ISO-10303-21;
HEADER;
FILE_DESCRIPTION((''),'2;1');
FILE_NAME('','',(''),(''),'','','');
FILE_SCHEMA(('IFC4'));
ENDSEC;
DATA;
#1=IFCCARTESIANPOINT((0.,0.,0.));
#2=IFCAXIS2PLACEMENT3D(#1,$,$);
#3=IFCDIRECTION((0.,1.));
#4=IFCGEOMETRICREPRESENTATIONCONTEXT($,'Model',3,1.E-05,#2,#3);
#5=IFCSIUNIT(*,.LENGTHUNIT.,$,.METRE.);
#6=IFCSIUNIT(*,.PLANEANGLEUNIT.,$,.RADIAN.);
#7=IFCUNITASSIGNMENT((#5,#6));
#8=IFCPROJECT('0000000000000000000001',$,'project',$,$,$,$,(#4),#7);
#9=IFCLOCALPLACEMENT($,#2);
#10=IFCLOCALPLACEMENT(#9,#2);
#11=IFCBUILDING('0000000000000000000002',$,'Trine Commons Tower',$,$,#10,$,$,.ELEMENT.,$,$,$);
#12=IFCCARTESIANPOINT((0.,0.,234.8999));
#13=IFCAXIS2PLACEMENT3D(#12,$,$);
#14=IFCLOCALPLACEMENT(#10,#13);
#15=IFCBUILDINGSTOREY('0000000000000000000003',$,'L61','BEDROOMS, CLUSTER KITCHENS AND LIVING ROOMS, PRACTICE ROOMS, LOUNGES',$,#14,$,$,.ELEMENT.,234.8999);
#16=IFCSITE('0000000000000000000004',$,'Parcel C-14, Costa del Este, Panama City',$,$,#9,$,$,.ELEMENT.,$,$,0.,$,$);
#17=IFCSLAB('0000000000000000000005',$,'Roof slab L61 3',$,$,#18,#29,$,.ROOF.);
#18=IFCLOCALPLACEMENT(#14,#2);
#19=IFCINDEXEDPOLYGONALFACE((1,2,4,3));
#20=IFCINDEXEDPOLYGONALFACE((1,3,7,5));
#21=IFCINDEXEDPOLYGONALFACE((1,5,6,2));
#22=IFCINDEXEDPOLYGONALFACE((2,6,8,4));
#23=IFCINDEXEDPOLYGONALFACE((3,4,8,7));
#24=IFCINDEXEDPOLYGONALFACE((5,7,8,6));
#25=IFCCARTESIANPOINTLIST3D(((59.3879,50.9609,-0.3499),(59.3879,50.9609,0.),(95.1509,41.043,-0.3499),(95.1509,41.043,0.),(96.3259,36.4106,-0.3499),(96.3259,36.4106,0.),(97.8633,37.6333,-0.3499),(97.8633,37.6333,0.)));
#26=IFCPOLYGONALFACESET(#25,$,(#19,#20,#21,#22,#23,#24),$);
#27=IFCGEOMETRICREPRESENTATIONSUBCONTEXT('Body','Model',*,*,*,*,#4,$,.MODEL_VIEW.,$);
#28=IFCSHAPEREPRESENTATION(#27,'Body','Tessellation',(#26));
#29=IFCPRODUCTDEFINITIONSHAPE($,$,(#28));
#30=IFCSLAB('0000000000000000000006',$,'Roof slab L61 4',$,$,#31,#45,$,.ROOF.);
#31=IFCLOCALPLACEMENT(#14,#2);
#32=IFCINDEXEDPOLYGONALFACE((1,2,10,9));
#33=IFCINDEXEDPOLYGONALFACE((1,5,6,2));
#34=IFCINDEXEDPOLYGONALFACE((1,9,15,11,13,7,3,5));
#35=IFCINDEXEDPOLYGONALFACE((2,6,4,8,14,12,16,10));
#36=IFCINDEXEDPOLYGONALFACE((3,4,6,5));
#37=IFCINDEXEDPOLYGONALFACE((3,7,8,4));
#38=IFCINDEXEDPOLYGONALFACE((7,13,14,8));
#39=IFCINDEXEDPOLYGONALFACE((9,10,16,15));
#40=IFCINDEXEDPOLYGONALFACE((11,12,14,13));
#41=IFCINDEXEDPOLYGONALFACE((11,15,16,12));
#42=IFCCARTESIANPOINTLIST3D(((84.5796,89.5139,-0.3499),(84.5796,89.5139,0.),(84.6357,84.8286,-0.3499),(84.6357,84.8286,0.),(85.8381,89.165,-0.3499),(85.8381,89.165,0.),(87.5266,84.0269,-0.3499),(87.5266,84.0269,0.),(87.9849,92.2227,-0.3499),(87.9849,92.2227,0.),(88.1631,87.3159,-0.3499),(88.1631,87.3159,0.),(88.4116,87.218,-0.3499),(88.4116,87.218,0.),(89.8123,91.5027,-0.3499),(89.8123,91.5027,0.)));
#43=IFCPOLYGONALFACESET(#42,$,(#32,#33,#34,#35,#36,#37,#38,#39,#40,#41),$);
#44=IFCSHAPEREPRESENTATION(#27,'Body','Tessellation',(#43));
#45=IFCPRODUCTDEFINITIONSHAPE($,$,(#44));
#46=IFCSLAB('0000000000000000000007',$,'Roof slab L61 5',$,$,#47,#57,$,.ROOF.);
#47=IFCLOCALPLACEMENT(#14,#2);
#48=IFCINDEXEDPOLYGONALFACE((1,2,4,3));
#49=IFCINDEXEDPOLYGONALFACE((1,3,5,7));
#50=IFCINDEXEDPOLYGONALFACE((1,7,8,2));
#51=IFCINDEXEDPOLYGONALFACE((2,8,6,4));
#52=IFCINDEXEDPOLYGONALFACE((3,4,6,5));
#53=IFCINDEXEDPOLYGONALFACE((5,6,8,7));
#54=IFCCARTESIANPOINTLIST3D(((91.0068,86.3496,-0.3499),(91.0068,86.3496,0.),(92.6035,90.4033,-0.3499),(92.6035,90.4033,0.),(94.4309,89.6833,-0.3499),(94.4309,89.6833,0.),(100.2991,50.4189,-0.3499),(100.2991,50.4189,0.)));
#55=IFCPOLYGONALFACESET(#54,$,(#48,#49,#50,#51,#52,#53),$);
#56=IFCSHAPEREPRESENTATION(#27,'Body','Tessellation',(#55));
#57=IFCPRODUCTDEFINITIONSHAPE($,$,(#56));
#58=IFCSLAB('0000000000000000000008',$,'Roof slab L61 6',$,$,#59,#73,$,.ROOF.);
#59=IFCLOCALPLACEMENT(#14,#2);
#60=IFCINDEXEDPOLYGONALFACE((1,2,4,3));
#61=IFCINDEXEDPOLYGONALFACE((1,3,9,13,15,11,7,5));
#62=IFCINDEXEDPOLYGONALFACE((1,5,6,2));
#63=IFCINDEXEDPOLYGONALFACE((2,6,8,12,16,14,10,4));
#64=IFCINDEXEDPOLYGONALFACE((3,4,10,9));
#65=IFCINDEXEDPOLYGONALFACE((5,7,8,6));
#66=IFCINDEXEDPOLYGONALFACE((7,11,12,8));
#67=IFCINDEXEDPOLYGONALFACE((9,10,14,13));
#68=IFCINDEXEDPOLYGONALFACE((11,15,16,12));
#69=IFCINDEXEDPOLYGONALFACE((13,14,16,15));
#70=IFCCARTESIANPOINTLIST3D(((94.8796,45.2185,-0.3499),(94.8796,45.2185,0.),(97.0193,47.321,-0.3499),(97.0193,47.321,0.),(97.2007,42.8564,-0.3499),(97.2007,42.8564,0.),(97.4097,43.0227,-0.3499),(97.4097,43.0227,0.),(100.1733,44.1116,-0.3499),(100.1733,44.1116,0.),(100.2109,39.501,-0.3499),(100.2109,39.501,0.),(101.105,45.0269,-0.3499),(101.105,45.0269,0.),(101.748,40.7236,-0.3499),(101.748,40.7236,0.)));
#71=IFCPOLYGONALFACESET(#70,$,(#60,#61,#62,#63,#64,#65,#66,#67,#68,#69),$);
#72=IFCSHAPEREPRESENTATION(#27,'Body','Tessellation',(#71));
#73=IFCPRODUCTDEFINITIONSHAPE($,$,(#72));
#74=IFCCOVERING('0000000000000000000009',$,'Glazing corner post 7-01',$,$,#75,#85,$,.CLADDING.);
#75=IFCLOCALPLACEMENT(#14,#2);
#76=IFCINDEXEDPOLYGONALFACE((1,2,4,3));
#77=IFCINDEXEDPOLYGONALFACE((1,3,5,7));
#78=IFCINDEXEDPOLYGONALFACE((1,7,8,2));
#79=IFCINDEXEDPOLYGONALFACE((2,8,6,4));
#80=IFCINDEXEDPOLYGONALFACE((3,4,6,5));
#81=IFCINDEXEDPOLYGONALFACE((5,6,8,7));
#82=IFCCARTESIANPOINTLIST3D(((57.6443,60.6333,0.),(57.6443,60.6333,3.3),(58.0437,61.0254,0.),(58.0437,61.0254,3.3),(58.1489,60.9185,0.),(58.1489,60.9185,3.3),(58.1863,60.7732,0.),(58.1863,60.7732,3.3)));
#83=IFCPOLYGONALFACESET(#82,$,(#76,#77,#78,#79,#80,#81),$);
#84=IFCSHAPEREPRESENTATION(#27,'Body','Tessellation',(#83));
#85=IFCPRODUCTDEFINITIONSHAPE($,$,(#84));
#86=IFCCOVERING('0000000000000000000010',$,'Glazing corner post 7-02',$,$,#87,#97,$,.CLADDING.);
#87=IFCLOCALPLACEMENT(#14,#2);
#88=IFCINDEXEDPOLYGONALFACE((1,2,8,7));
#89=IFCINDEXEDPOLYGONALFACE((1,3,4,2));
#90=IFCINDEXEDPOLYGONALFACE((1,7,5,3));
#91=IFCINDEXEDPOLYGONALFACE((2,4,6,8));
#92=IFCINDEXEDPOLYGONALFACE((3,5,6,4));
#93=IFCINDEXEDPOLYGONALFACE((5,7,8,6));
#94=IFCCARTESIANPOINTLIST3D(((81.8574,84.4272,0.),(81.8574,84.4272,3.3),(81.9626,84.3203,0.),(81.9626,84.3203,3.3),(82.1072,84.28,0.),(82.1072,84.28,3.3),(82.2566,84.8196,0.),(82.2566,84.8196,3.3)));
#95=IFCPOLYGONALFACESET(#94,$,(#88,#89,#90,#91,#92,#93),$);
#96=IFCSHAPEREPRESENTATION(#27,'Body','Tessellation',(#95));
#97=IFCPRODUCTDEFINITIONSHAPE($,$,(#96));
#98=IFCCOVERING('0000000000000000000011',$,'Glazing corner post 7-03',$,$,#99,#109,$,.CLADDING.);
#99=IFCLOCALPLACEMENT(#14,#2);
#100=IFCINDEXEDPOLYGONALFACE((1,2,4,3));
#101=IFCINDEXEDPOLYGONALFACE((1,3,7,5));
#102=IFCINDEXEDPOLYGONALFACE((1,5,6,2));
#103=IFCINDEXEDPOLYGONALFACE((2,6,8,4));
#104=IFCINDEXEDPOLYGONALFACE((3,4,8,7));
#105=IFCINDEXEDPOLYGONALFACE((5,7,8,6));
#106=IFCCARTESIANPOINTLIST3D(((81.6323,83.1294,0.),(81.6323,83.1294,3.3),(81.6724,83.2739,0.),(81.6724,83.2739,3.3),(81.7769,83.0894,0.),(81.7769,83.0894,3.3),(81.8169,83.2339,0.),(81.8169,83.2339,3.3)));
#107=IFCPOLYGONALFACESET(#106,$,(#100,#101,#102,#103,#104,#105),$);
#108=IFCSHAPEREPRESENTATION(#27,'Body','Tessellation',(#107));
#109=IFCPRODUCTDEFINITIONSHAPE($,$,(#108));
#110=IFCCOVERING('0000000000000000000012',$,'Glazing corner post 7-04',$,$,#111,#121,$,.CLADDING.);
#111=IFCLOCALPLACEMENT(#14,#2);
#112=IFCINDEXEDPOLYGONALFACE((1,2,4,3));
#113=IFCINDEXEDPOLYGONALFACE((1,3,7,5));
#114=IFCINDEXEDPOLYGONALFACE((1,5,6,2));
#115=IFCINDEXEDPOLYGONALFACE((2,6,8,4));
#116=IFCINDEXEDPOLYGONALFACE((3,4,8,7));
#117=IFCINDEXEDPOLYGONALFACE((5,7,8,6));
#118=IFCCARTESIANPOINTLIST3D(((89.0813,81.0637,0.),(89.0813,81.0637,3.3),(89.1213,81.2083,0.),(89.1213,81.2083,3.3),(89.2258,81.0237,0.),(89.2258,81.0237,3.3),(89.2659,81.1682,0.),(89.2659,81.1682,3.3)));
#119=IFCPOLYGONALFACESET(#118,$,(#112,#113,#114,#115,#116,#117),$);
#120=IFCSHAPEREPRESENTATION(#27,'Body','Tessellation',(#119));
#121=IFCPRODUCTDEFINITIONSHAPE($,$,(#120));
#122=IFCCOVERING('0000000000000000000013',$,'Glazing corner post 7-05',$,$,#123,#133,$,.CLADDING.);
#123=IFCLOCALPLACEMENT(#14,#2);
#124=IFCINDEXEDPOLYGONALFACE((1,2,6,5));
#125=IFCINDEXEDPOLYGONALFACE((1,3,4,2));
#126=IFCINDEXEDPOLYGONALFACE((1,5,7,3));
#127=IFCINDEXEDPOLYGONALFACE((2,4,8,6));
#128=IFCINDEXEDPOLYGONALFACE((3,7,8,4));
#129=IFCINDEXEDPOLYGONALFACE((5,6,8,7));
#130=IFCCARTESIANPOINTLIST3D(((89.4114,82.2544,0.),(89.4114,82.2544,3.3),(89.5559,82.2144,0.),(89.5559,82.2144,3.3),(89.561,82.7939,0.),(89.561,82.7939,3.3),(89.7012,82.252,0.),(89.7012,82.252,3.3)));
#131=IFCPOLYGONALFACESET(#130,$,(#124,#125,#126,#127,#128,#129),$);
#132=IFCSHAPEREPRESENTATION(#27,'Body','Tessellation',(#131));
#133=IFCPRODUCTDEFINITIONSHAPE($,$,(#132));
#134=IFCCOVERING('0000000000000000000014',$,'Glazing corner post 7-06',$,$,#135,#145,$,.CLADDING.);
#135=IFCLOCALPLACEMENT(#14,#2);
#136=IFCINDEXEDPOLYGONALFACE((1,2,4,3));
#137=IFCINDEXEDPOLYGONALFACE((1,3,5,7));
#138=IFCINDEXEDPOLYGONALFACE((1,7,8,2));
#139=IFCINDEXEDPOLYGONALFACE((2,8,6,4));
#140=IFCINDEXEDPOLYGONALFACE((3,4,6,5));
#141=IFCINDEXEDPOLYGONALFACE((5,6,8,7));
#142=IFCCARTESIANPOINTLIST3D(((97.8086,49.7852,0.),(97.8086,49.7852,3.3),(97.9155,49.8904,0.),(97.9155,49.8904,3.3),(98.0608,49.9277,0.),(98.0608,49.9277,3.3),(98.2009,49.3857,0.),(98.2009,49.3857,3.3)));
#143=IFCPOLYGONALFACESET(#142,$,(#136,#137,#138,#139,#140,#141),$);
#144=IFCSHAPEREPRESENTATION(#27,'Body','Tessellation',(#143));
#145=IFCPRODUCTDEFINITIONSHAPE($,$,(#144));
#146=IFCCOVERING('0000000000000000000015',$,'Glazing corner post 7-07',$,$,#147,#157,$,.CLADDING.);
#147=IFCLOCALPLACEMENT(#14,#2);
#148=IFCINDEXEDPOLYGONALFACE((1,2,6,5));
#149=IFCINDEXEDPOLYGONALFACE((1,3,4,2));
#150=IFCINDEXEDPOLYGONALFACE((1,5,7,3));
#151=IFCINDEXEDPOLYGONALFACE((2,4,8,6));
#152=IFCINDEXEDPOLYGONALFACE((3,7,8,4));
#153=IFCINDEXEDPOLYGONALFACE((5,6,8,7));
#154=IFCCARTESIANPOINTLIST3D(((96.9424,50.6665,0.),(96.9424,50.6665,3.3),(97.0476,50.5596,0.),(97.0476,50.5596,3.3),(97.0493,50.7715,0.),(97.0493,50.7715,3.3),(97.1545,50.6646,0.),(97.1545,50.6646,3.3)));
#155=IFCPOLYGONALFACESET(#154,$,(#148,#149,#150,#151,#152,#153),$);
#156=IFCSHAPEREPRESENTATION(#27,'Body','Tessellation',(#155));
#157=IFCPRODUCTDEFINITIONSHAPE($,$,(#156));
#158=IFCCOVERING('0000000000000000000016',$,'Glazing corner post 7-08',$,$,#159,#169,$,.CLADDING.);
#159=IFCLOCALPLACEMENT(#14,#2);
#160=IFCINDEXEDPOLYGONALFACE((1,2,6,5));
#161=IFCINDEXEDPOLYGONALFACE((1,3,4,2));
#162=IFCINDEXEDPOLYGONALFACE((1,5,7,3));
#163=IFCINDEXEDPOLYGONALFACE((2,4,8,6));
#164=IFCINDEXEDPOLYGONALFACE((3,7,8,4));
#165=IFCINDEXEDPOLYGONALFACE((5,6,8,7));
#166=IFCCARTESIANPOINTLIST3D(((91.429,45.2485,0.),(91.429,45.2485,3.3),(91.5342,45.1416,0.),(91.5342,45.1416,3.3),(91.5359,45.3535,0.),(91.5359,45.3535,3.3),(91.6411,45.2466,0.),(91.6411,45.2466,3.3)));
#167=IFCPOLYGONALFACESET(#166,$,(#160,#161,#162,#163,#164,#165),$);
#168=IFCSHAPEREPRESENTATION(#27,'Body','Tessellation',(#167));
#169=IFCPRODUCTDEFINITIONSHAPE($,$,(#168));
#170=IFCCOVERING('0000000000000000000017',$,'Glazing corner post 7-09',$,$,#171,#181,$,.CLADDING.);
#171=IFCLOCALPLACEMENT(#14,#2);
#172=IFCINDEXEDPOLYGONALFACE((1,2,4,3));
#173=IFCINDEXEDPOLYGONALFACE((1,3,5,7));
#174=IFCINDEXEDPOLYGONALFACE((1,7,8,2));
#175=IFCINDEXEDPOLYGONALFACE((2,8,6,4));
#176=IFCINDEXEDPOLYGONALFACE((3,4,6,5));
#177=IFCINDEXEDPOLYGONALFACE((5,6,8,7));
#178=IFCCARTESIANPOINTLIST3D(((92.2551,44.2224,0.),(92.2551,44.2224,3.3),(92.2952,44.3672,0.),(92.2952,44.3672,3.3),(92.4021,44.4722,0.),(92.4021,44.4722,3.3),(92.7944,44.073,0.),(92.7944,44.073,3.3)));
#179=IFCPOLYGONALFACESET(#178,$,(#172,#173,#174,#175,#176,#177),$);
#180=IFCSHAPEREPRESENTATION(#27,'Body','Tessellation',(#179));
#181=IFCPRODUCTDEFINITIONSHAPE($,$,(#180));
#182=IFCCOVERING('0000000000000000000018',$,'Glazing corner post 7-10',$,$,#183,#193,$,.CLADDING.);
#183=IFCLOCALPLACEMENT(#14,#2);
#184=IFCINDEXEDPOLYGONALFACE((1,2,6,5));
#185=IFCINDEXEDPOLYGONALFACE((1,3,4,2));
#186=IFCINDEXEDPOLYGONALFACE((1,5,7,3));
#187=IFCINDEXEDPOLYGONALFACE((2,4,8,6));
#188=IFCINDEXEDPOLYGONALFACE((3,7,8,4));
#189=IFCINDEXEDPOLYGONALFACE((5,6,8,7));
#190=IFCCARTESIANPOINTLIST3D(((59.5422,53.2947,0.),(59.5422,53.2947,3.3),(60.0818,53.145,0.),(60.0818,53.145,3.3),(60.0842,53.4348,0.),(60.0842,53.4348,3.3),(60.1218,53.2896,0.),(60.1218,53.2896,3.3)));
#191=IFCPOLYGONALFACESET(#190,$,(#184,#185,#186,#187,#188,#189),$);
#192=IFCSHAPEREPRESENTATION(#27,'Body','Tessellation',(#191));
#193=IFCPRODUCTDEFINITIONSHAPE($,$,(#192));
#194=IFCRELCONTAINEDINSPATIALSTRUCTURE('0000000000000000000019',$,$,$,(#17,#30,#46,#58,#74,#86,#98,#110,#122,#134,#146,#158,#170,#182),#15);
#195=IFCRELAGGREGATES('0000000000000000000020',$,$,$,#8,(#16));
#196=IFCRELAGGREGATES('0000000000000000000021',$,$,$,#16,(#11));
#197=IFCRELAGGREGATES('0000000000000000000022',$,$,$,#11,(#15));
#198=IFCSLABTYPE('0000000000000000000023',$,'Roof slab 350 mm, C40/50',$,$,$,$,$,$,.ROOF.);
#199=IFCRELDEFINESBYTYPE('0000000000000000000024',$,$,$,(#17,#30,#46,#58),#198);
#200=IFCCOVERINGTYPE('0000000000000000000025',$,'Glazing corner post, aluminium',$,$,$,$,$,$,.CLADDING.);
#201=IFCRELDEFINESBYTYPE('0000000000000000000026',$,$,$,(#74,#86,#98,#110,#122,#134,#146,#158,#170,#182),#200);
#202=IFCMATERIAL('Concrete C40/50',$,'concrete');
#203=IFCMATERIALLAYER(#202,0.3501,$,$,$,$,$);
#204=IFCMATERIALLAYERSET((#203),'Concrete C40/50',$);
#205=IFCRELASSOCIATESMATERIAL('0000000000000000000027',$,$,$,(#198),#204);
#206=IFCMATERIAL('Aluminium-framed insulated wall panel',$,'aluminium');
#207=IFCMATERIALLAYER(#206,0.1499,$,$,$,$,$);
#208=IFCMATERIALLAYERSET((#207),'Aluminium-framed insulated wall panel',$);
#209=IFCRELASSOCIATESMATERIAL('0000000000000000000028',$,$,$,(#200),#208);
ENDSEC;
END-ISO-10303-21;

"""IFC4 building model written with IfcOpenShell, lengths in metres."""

from ifc_helpers import new_model, si_unit, direction, frame, origin, place, context, subcontext, project, spatial, polyline, outline, extrude, material, layer, layer_set, type_object, element, save


model = new_model("IFC4")

# Units and contexts
model_context = context("Model", 3, precision=1e-05, world=origin(), true_north=direction((0.0, 1.0)))
body_context = subcontext(model_context, "Body", "Model", "MODEL_VIEW")
ifc_project = project(units=[si_unit("LENGTHUNIT", "METRE"), si_unit("PLANEANGLEUNIT", "RADIAN")], contexts=[model_context])

# Site, building, storey
site_placement = place(None, origin())
site = spatial("IfcSite", under=ifc_project, at=site_placement, Name="Parcel C-14, Costa del Este, Panama City", CompositionType="ELEMENT", RefElevation=0.0)
building_placement = place(site_placement, origin())
building = spatial("IfcBuilding", under=site, at=building_placement, Name="Trine Commons Tower", CompositionType="ELEMENT")
storey_placement = place(building_placement, frame((0.0, 0.0, 234.8999)))
storey = spatial("IfcBuildingStorey", under=building, at=storey_placement, Name="L61", Description="BEDROOMS, CLUSTER KITCHENS AND LIVING ROOMS, PRACTICE ROOMS, LOUNGES", CompositionType="ELEMENT", Elevation=234.8999)

# Slabs
ifc_material_1 = material(Name="Concrete C40/50", Category="concrete")
ifc_layer_1 = layer(ifc_material_1, 0.3501)
ifc_layer_set_1 = layer_set([ifc_layer_1], Name="Concrete C40/50")
slab_type_1 = type_object("IfcSlabType", Name="Roof slab 350 mm, C40/50", PredefinedType="ROOF", material=ifc_layer_set_1)
slab_1_placement = place(storey_placement, frame((0.0, 0.0, -0.3499)))
element("IfcSlab", 1, at=slab_1_placement, inside=storey, type_object=slab_type_1, Name="Roof slab L61 3", PredefinedType="ROOF", context=body_context, shape_type="SweptSolid", body=[
    extrude(outline(polyline([(95.1509, 41.043), (59.3879, 50.9609), (96.3259, 36.4106), (97.8633, 37.6333), (95.1509, 41.043)])), origin(), (0.0, 0.0, 1.0), 0.3499),
])
slab_2_placement = place(storey_placement, frame((0.0, 0.0, -0.3499)))
element("IfcSlab", 2, at=slab_2_placement, inside=storey, type_object=slab_type_1, Name="Roof slab L61 4", PredefinedType="ROOF", context=body_context, shape_type="SweptSolid", body=[
    extrude(outline(polyline([(84.5796, 89.5139), (85.8381, 89.165), (84.6357, 84.8286), (87.5266, 84.0269), (88.4116, 87.218), (88.1631, 87.3159), (89.8123, 91.5027), (87.9849, 92.2227), (84.5796, 89.5139)])), origin(), (0.0, 0.0, 1.0), 0.3499),
])
slab_3_placement = place(storey_placement, frame((0.0, 0.0, -0.3499)))
element("IfcSlab", 3, at=slab_3_placement, inside=storey, type_object=slab_type_1, Name="Roof slab L61 5", PredefinedType="ROOF", context=body_context, shape_type="SweptSolid", body=[
    extrude(outline(polyline([(91.0068, 86.3496), (100.2991, 50.4189), (94.4309, 89.6833), (92.6035, 90.4033), (91.0068, 86.3496)])), origin(), (0.0, 0.0, 1.0), 0.3499),
])
slab_4_placement = place(storey_placement, frame((0.0, 0.0, -0.3499)))
element("IfcSlab", 4, at=slab_4_placement, inside=storey, type_object=slab_type_1, Name="Roof slab L61 6", PredefinedType="ROOF", context=body_context, shape_type="SweptSolid", body=[
    extrude(outline(polyline([(101.748, 40.7236), (101.105, 45.0269), (100.1733, 44.1116), (97.0193, 47.321), (94.8796, 45.2185), (97.2007, 42.8564), (97.4097, 43.0227), (100.2109, 39.501), (101.748, 40.7236)])), origin(), (0.0, 0.0, 1.0), 0.3499),
])

# Coverings
ifc_material_2 = material(Name="Aluminium-framed insulated wall panel", Category="aluminium")
ifc_layer_2 = layer(ifc_material_2, 0.1499)
ifc_layer_set_2 = layer_set([ifc_layer_2], Name="Aluminium-framed insulated wall panel")
covering_type_1 = type_object("IfcCoveringType", Name="Glazing corner post, aluminium", PredefinedType="CLADDING", material=ifc_layer_set_2)
covering_1_placement = place(storey_placement, origin())
element("IfcCovering", 5, at=covering_1_placement, inside=storey, type_object=covering_type_1, Name="Glazing corner post 7-01", PredefinedType="CLADDING", context=body_context, shape_type="SweptSolid", body=[
    extrude(outline(polyline([(58.1863, 60.7732), (58.1489, 60.9185), (58.0437, 61.0254), (57.6443, 60.6333), (58.1863, 60.7732)])), origin(), (0.0, 0.0, 1.0), 3.3),
])
covering_2_placement = place(storey_placement, origin())
element("IfcCovering", 6, at=covering_2_placement, inside=storey, type_object=covering_type_1, Name="Glazing corner post 7-02", PredefinedType="CLADDING", context=body_context, shape_type="SweptSolid", body=[
    extrude(outline(polyline([(82.1072, 84.28), (82.2566, 84.8196), (81.8574, 84.4272), (81.9626, 84.3203), (82.1072, 84.28)])), origin(), (0.0, 0.0, 1.0), 3.3),
])
covering_3_placement = place(storey_placement, origin())
element("IfcCovering", 7, at=covering_3_placement, inside=storey, type_object=covering_type_1, Name="Glazing corner post 7-03", PredefinedType="CLADDING", context=body_context, shape_type="SweptSolid", body=[
    extrude(outline(polyline([(81.7769, 83.0894), (81.8169, 83.2339), (81.6724, 83.2739), (81.6323, 83.1294), (81.7769, 83.0894)])), origin(), (0.0, 0.0, 1.0), 3.3),
])
covering_4_placement = place(storey_placement, origin())
element("IfcCovering", 8, at=covering_4_placement, inside=storey, type_object=covering_type_1, Name="Glazing corner post 7-04", PredefinedType="CLADDING", context=body_context, shape_type="SweptSolid", body=[
    extrude(outline(polyline([(89.0813, 81.0637), (89.2258, 81.0237), (89.2659, 81.1682), (89.1213, 81.2083), (89.0813, 81.0637)])), origin(), (0.0, 0.0, 1.0), 3.3),
])
covering_5_placement = place(storey_placement, origin())
element("IfcCovering", 9, at=covering_5_placement, inside=storey, type_object=covering_type_1, Name="Glazing corner post 7-05", PredefinedType="CLADDING", context=body_context, shape_type="SweptSolid", body=[
    extrude(outline(polyline([(89.4114, 82.2544), (89.5559, 82.2144), (89.7012, 82.252), (89.561, 82.7939), (89.4114, 82.2544)])), origin(), (0.0, 0.0, 1.0), 3.3),
])
covering_6_placement = place(storey_placement, origin())
element("IfcCovering", 10, at=covering_6_placement, inside=storey, type_object=covering_type_1, Name="Glazing corner post 7-06", PredefinedType="CLADDING", context=body_context, shape_type="SweptSolid", body=[
    extrude(outline(polyline([(97.8086, 49.7852), (98.2009, 49.3857), (98.0608, 49.9277), (97.9155, 49.8904), (97.9155, 49.8904), (97.8086, 49.7852)])), origin(), (0.0, 0.0, 1.0), 3.3),
])
covering_7_placement = place(storey_placement, origin())
element("IfcCovering", 11, at=covering_7_placement, inside=storey, type_object=covering_type_1, Name="Glazing corner post 7-07", PredefinedType="CLADDING", context=body_context, shape_type="SweptSolid", body=[
    extrude(outline(polyline([(96.9424, 50.6665), (97.0476, 50.5596), (97.1545, 50.6646), (97.0493, 50.7715), (96.9424, 50.6665)])), origin(), (0.0, 0.0, 1.0), 3.3),
])
covering_8_placement = place(storey_placement, origin())
element("IfcCovering", 12, at=covering_8_placement, inside=storey, type_object=covering_type_1, Name="Glazing corner post 7-08", PredefinedType="CLADDING", context=body_context, shape_type="SweptSolid", body=[
    extrude(outline(polyline([(91.5342, 45.1416), (91.6411, 45.2466), (91.5359, 45.3535), (91.429, 45.2485), (91.5342, 45.1416)])), origin(), (0.0, 0.0, 1.0), 3.3),
])
covering_9_placement = place(storey_placement, origin())
element("IfcCovering", 13, at=covering_9_placement, inside=storey, type_object=covering_type_1, Name="Glazing corner post 7-09", PredefinedType="CLADDING", context=body_context, shape_type="SweptSolid", body=[
    extrude(outline(polyline([(92.2551, 44.2224), (92.7944, 44.073), (92.4021, 44.4722), (92.2952, 44.3672), (92.2551, 44.2224)])), origin(), (0.0, 0.0, 1.0), 3.3),
])
covering_10_placement = place(storey_placement, origin())
element("IfcCovering", 14, at=covering_10_placement, inside=storey, type_object=covering_type_1, Name="Glazing corner post 7-10", PredefinedType="CLADDING", context=body_context, shape_type="SweptSolid", body=[
    extrude(outline(polyline([(60.0818, 53.145), (60.1218, 53.2896), (60.0842, 53.4348), (59.5422, 53.2947), (60.0818, 53.145)])), origin(), (0.0, 0.0, 1.0), 3.3),
])

save(model, "model.ifc")
